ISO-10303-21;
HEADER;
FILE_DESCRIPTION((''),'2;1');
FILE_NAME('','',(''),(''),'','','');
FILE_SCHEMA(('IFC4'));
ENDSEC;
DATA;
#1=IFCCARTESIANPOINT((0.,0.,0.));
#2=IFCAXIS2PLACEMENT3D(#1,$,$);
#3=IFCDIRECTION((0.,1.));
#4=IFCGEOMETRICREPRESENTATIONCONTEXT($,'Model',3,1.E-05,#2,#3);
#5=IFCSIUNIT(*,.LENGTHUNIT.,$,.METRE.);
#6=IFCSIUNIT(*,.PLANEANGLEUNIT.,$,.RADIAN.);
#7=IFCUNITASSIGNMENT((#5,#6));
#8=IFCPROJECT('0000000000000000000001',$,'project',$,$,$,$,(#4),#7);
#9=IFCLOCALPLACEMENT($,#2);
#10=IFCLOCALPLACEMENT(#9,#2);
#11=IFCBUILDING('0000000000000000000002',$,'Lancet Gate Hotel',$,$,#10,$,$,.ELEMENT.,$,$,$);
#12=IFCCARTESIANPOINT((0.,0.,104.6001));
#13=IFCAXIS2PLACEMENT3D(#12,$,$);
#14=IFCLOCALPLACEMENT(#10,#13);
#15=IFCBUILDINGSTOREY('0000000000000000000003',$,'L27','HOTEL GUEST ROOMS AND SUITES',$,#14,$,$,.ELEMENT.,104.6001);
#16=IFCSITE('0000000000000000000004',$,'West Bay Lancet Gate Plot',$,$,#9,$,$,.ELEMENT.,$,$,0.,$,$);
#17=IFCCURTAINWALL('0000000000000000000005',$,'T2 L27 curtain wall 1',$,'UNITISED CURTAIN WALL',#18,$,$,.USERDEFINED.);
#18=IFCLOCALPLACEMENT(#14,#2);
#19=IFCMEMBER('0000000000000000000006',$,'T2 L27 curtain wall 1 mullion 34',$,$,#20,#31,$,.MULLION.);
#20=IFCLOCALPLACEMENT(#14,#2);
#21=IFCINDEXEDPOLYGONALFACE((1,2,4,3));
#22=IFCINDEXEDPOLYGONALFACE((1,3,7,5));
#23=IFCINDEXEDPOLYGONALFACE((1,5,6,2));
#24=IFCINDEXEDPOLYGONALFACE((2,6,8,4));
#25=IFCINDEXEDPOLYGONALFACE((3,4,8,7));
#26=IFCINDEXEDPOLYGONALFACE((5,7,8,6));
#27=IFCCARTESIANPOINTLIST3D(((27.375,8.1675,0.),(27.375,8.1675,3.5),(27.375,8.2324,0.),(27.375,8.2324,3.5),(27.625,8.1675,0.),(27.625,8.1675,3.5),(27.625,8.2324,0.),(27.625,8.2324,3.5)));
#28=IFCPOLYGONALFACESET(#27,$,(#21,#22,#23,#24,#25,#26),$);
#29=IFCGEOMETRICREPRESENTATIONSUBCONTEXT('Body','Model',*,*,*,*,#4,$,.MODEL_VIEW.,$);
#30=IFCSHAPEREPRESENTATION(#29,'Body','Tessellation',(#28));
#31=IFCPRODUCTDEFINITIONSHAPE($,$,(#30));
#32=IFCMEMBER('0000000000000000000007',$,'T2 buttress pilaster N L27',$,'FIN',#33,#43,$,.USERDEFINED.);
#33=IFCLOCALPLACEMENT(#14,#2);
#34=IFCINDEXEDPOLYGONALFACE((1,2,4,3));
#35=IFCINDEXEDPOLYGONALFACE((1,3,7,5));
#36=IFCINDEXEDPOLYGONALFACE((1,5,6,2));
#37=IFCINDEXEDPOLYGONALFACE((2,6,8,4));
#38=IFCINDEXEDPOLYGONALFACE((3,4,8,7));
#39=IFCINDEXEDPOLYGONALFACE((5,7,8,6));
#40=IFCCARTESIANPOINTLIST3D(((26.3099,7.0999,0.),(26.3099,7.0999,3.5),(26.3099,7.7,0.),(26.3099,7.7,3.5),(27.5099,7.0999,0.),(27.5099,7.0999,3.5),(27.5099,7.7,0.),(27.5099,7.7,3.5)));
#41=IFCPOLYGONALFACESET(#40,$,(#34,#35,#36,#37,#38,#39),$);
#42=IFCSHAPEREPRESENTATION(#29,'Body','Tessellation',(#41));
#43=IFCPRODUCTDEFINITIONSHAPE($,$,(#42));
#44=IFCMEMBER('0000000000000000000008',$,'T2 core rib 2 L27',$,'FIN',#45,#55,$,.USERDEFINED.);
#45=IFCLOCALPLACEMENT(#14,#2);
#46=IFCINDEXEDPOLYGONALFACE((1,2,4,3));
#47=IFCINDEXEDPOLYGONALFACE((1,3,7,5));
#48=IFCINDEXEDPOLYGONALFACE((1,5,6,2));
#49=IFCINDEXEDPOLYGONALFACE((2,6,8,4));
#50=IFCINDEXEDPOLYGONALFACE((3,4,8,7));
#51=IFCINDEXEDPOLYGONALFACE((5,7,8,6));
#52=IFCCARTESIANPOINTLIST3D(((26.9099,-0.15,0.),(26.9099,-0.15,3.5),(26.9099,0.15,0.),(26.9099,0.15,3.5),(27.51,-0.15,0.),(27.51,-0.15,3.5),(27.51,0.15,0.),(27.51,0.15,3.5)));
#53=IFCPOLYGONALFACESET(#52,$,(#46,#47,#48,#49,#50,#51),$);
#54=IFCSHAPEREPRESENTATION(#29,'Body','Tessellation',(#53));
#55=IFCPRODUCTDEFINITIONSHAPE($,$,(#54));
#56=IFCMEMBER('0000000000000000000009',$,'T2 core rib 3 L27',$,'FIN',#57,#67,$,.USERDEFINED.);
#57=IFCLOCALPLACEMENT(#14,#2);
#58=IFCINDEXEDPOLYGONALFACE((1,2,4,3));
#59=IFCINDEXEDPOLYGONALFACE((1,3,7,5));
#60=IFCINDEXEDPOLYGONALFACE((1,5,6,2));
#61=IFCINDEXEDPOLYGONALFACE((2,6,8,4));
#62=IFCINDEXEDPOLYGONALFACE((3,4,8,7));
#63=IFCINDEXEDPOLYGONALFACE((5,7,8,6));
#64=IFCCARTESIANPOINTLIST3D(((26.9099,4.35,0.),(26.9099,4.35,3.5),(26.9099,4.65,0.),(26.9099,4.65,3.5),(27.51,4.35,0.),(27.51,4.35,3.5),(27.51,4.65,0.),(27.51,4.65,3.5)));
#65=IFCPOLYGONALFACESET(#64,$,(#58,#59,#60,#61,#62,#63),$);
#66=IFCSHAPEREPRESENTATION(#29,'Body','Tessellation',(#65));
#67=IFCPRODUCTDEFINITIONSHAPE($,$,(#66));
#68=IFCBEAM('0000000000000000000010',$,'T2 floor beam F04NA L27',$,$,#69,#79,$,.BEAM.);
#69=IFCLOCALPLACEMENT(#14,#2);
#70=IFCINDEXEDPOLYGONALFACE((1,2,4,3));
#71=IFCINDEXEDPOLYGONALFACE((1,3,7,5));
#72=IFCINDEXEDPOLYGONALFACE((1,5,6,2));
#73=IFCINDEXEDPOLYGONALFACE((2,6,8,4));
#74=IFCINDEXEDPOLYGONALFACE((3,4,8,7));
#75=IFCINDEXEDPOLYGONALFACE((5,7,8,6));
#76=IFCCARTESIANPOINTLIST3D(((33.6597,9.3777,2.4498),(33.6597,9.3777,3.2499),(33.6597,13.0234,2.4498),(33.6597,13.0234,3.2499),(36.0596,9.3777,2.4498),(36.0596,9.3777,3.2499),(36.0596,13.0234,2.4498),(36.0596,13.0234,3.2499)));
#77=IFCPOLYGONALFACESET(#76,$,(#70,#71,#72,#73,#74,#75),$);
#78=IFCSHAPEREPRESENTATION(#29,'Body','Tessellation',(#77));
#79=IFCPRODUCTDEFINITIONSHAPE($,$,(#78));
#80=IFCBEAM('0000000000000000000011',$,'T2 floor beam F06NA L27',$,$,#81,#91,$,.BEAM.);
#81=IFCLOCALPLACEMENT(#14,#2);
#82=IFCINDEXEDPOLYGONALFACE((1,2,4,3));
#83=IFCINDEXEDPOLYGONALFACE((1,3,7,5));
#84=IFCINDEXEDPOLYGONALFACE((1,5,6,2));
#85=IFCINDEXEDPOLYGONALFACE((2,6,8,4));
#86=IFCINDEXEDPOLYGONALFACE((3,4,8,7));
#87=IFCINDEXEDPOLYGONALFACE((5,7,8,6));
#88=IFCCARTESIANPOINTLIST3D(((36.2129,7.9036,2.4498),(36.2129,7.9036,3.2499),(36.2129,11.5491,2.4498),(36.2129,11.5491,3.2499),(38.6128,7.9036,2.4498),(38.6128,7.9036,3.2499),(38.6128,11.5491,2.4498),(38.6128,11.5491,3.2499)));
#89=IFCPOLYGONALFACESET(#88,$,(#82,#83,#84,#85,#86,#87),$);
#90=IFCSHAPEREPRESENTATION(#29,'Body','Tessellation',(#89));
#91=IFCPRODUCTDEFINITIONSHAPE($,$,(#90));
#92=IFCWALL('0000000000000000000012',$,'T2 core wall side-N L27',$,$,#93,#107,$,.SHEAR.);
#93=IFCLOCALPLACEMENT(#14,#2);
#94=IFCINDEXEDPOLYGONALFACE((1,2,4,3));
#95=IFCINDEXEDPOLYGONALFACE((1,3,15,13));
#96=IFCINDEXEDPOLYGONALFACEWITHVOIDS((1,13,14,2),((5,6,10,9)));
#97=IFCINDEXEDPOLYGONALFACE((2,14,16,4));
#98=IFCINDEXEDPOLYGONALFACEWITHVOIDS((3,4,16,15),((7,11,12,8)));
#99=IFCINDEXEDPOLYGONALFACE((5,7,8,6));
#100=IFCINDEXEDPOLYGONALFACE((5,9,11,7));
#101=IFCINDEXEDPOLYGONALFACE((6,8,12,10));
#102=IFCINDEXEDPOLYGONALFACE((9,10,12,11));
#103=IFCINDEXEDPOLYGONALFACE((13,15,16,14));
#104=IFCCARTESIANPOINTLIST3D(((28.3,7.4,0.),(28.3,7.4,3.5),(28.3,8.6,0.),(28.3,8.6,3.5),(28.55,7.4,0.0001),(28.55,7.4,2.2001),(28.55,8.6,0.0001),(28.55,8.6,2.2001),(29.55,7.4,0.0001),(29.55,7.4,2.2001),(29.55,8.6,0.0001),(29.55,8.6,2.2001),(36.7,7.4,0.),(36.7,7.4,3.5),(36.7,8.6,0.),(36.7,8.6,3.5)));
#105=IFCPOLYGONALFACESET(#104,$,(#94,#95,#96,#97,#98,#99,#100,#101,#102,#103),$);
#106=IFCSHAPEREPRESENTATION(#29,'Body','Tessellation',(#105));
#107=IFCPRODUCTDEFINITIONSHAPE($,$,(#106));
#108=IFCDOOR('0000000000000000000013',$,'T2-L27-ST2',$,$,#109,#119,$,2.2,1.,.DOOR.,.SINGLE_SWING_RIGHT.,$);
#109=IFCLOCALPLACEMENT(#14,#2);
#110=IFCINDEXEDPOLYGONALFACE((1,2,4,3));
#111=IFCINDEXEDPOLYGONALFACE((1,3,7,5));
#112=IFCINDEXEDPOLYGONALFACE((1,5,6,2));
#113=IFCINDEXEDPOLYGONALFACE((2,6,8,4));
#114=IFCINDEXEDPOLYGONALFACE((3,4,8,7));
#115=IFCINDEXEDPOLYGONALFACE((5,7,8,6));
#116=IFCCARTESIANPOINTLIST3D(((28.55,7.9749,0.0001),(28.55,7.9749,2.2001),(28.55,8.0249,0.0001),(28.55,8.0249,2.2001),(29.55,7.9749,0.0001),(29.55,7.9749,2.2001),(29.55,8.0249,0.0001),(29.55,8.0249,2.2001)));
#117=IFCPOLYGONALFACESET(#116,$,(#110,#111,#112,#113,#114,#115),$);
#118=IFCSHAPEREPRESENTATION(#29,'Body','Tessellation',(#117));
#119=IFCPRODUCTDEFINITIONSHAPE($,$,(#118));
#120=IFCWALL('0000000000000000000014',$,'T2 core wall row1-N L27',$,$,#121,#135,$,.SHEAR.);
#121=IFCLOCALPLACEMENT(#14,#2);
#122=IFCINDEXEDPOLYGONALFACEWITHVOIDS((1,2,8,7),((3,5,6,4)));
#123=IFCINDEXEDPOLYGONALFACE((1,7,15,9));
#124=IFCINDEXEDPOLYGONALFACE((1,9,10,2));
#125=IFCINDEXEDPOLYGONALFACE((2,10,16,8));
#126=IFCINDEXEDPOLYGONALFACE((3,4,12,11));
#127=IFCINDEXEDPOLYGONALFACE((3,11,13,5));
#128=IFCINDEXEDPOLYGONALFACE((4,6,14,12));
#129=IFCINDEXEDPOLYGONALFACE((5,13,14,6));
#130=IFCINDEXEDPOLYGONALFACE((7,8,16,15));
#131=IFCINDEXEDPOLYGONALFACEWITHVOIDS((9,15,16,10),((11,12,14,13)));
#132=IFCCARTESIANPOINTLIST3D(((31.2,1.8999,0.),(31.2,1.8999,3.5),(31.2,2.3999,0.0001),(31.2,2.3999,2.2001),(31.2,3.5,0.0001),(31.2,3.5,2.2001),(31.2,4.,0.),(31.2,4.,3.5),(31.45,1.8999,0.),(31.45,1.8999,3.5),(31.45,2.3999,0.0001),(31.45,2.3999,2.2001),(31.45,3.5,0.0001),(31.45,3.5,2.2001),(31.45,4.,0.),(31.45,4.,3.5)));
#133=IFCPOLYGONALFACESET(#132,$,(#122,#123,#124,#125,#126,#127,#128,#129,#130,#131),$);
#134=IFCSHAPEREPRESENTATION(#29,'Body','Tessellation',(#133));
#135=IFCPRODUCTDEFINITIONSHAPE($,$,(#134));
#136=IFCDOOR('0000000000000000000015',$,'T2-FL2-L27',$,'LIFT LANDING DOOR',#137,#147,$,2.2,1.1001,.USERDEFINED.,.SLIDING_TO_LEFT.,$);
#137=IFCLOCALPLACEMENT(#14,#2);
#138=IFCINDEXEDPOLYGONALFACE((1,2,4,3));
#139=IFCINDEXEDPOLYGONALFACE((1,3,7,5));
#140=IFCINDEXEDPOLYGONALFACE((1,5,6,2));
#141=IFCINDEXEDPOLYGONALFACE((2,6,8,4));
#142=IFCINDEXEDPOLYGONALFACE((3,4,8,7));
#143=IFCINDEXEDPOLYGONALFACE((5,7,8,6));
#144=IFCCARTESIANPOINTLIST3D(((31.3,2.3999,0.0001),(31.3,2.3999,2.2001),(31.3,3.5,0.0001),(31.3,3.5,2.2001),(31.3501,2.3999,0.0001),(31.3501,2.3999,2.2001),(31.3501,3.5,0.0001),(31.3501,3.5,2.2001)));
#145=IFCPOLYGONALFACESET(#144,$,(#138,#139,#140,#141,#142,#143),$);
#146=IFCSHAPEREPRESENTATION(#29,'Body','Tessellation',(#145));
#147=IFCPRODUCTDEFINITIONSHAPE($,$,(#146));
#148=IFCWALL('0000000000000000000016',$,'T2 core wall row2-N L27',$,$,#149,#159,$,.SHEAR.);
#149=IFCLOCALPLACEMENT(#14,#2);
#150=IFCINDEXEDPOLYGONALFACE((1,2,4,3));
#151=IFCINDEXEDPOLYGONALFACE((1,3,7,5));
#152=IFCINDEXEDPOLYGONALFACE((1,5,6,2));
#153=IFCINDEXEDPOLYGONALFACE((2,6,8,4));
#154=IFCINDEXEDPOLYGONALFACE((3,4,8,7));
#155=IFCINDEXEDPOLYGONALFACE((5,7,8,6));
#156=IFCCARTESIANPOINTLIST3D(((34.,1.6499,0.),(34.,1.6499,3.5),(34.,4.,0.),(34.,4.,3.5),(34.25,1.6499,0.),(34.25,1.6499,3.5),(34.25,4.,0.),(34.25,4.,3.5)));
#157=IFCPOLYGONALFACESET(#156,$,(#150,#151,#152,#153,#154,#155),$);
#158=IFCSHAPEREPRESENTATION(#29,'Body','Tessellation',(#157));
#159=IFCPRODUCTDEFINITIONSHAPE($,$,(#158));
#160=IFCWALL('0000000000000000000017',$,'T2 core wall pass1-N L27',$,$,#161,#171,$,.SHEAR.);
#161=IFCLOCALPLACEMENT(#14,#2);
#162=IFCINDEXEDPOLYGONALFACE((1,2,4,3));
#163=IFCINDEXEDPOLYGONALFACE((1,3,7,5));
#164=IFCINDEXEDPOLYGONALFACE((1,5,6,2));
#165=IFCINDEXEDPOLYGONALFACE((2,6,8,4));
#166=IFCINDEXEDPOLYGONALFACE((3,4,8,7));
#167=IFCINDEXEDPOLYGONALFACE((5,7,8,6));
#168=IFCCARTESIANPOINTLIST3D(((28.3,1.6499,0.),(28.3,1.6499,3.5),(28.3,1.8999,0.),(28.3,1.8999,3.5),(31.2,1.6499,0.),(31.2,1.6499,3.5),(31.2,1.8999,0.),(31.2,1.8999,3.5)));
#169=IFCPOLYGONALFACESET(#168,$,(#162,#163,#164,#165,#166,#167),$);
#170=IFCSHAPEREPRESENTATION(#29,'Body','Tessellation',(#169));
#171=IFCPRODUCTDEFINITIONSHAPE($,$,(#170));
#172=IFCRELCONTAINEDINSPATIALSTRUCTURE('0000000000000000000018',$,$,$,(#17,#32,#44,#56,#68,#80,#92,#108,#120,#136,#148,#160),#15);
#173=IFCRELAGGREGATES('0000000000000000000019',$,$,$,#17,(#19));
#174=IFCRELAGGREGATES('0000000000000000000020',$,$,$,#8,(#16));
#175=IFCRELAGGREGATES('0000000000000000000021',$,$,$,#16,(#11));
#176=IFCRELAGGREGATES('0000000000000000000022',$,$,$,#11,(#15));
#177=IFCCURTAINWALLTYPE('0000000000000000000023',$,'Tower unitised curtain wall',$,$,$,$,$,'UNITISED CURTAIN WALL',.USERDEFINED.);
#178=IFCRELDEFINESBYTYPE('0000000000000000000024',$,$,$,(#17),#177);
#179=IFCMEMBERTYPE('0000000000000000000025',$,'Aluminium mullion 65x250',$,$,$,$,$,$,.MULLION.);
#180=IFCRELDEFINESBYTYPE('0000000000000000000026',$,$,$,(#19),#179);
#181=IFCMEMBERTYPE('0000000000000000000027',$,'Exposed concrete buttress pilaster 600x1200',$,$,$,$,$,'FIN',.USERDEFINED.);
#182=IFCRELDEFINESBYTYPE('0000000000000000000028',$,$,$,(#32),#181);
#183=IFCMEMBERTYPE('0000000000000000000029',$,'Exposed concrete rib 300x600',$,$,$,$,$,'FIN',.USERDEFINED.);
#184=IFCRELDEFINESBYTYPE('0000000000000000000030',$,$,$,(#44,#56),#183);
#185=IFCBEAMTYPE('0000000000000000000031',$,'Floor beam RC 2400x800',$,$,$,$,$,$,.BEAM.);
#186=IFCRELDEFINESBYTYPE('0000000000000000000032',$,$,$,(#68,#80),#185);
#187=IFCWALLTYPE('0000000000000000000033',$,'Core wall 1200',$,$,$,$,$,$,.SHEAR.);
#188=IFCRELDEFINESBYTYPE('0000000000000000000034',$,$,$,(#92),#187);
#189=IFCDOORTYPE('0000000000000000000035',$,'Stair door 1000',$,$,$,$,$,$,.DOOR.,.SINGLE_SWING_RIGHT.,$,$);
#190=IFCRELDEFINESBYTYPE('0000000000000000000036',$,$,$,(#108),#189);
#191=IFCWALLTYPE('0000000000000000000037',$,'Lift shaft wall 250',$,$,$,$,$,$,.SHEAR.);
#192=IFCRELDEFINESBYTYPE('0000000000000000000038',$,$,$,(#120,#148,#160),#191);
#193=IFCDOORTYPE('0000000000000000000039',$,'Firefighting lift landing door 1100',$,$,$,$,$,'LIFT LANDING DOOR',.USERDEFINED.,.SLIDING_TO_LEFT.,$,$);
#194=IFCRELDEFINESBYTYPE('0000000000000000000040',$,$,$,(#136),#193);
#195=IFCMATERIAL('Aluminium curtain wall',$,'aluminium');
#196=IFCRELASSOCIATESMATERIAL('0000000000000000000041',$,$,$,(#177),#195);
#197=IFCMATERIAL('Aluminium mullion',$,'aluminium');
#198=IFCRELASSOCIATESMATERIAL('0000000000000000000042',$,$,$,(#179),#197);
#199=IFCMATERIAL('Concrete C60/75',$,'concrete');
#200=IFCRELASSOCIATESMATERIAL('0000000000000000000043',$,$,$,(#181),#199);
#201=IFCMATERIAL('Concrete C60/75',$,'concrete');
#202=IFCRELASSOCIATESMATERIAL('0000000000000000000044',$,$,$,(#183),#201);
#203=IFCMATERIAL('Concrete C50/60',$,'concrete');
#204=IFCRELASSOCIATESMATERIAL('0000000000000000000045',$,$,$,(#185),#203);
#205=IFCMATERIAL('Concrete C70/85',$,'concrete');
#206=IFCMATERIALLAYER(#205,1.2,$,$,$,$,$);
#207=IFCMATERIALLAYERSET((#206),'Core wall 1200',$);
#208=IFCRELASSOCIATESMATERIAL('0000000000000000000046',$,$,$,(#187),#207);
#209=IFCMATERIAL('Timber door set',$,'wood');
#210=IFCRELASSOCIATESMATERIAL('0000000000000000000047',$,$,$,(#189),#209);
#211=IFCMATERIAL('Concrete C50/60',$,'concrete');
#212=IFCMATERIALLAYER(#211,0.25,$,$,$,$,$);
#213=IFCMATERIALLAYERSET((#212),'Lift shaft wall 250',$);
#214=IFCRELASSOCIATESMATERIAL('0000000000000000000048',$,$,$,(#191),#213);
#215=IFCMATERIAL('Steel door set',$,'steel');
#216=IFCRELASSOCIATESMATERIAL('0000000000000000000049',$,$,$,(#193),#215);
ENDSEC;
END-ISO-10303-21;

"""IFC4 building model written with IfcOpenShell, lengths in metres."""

from ifc_helpers import new_model, si_unit, direction, frame, frame_2d, origin, origin_2d, place, context, subcontext, project, spatial, rectangle, extrude, material, layer, layer_set, material_profile, profile_set, type_object, element, fill, aggregate, save


model = new_model("IFC4")

# Units and contexts
model_context = context("Model", 3, precision=1e-05, world=origin(), true_north=direction((0.0, 1.0)))
body_context = subcontext(model_context, "Body", "Model", "MODEL_VIEW")
ifc_project = project(units=[si_unit("LENGTHUNIT", "METRE"), si_unit("PLANEANGLEUNIT", "RADIAN")], contexts=[model_context])

# Site, building, storey
site_placement = place(None, origin())
site = spatial("IfcSite", under=ifc_project, at=site_placement, Name="West Bay Lancet Gate Plot", CompositionType="ELEMENT", RefElevation=0.0)
building_placement = place(site_placement, origin())
building = spatial("IfcBuilding", under=site, at=building_placement, Name="Lancet Gate Hotel", CompositionType="ELEMENT")
storey_placement = place(building_placement, frame((0.0, 0.0, 104.6001)))
storey = spatial("IfcBuildingStorey", under=building, at=storey_placement, Name="L27", Description="HOTEL GUEST ROOMS AND SUITES", CompositionType="ELEMENT", Elevation=104.6001)

# Curtain wall, member
ifc_material_1 = material(Name="Aluminium curtain wall", Category="aluminium")
curtain_wall_type = type_object("IfcCurtainWallType", Name="Tower unitised curtain wall", ElementType="UNITISED CURTAIN WALL", PredefinedType="USERDEFINED", material=ifc_material_1)
curtain_wall_placement = place(storey_placement, origin())
curtain_wall = element("IfcCurtainWall", 1, at=curtain_wall_placement, inside=storey, type_object=curtain_wall_type, Name="T2 L27 curtain wall 1", ObjectType="UNITISED CURTAIN WALL", PredefinedType="USERDEFINED")
ifc_material_2 = material(Name="Aluminium mullion", Category="aluminium")
ifc_material_profile_1 = material_profile(ifc_material_2, rectangle(XDim=0.0649, YDim=0.25, at=origin_2d()), Name="MULLION 65x250")
ifc_profile_set_1 = profile_set([ifc_material_profile_1], Name="Aluminium mullion")
member_type_1 = type_object("IfcMemberType", Name="Aluminium mullion 65x250", PredefinedType="MULLION", material=ifc_profile_set_1)
member_1_placement = place(storey_placement, frame((27.5, 8.2, 0.0), z_axis=(0.0, 0.0, 1.0), x_axis=(0.0, -1.0, 0.0)))
member_1 = element("IfcMember", 2, at=member_1_placement, type_object=member_type_1, Name="T2 L27 curtain wall 1 mullion 34", PredefinedType="MULLION", context=body_context, shape_type="SweptSolid", body=[
    extrude(rectangle(XDim=0.0649, YDim=0.25, at=origin_2d()), origin(), (0.0, 0.0, 1.0), 3.5),
])
aggregate(curtain_wall, [member_1])

# Members
ifc_material_3 = material(Name="Concrete C60/75", Category="concrete")
ifc_material_profile_2 = material_profile(ifc_material_3, rectangle(XDim=0.6001, YDim=1.2, at=origin_2d()), Name="FIN 600x1200")
ifc_profile_set_2 = profile_set([ifc_material_profile_2], Name="Concrete C60/75")
member_type_2 = type_object("IfcMemberType", Name="Exposed concrete buttress pilaster 600x1200", ElementType="FIN", PredefinedType="USERDEFINED", material=ifc_profile_set_2)
member_2_placement = place(storey_placement, frame((26.9099, 7.3999, 0.0), z_axis=(0.0, 0.0, 1.0), x_axis=(0.0, 1.0, 0.0)))
element("IfcMember", 3, at=member_2_placement, inside=storey, type_object=member_type_2, Name="T2 buttress pilaster N L27", ObjectType="FIN", PredefinedType="USERDEFINED", context=body_context, shape_type="SweptSolid", body=[
    extrude(rectangle(XDim=0.6001, YDim=1.2, at=origin_2d()), origin(), (0.0, 0.0, 1.0), 3.5),
])
ifc_material_4 = material(Name="Concrete C60/75", Category="concrete")
ifc_material_profile_3 = material_profile(ifc_material_4, rectangle(XDim=0.3, YDim=0.6001, at=origin_2d()), Name="FIN 300x600")
ifc_profile_set_3 = profile_set([ifc_material_profile_3], Name="Concrete C60/75")
member_type_3 = type_object("IfcMemberType", Name="Exposed concrete rib 300x600", ElementType="FIN", PredefinedType="USERDEFINED", material=ifc_profile_set_3)
for number, where, z_axis, x_axis, name in (
    (4, (27.21, 0.0, 0.0), (0.0, 0.0, 1.0), (0.0, 1.0, 0.0), "T2 core rib 2 L27"),
    (5, (27.21, 4.5, 0.0), (0.0, 0.0, 1.0), (0.0, 1.0, 0.0), "T2 core rib 3 L27"),
):
    element("IfcMember", number, at=place(storey_placement, frame(where, z_axis=z_axis, x_axis=x_axis)), inside=storey, type_object=member_type_3, Name=name, ObjectType="FIN", PredefinedType="USERDEFINED", context=body_context, shape_type="SweptSolid", body=[
        extrude(rectangle(XDim=0.3, YDim=0.6001, at=origin_2d()), origin(), (0.0, 0.0, 1.0), 3.5),
    ])

# Beams
ifc_material_5 = material(Name="Concrete C50/60", Category="concrete")
ifc_material_profile_4 = material_profile(ifc_material_5, rectangle(XDim=2.3999, YDim=0.8, at=origin_2d()), Name="RC 2400x800")
ifc_profile_set_4 = profile_set([ifc_material_profile_4], Name="Concrete C50/60")
beam_type = type_object("IfcBeamType", Name="Floor beam RC 2400x800", PredefinedType="BEAM", material=ifc_profile_set_4)
beam_1_placement = place(storey_placement, frame((34.8596, 9.3777, 2.8499), z_axis=(0.0, 1.0, 0.0), x_axis=(-1.0, 0.0, 0.0)))
element("IfcBeam", 6, at=beam_1_placement, inside=storey, type_object=beam_type, Name="T2 floor beam F04NA L27", PredefinedType="BEAM", context=body_context, shape_type="SweptSolid", body=[
    extrude(rectangle(XDim=2.3999, YDim=0.8, at=origin_2d()), origin(), (0.0, 0.0, 1.0), 3.6458),
])
beam_2_placement = place(storey_placement, frame((37.4128, 7.9036, 2.8499), z_axis=(0.0, 1.0, 0.0), x_axis=(-1.0, 0.0, 0.0)))
element("IfcBeam", 7, at=beam_2_placement, inside=storey, type_object=beam_type, Name="T2 floor beam F06NA L27", PredefinedType="BEAM", context=body_context, shape_type="SweptSolid", body=[
    extrude(rectangle(XDim=2.3999, YDim=0.8, at=origin_2d()), origin(), (0.0, 0.0, 1.0), 3.6455),
])

# Walls, openings, doors
ifc_material_6 = material(Name="Concrete C70/85", Category="concrete")
ifc_layer_1 = layer(ifc_material_6, 1.2)
ifc_layer_set_1 = layer_set([ifc_layer_1], Name="Core wall 1200")
wall_type_1 = type_object("IfcWallType", Name="Core wall 1200", PredefinedType="SHEAR", material=ifc_layer_set_1)
wall_1_placement = place(storey_placement, frame((28.3, 8.0, 0.0), z_axis=(0.0, 0.0, 1.0), x_axis=(1.0, 0.0, 0.0)))
wall_1 = element("IfcWall", 8, at=wall_1_placement, inside=storey, type_object=wall_type_1, Name="T2 core wall side-N L27", PredefinedType="SHEAR", context=body_context, shape_type="SweptSolid", body=[
    extrude(rectangle(XDim=8.3999, YDim=1.2, at=frame_2d((4.2, 0.0))), origin(), (0.0, 0.0, 1.0), 3.5),
])
opening_1_placement = place(wall_1_placement, frame((0.25, 0.0, 0.0)))
opening_1 = element("IfcOpeningElement", 9, at=opening_1_placement, cuts=wall_1, PredefinedType="OPENING", context=body_context, shape_type="SweptSolid", body=[
    extrude(rectangle(XDim=1.0, YDim=2.2, at=frame_2d((0.5, 1.1001))), frame((0.0, 0.6099, 0.0), z_axis=(0.0, -1.0, 0.0), x_axis=(1.0, 0.0, 0.0)), (0.0, 0.0, 1.0), 1.22),
])
ifc_material_7 = material(Name="Timber door set", Category="wood")
door_type_1 = type_object("IfcDoorType", Name="Stair door 1000", OperationType="SINGLE_SWING_RIGHT", PredefinedType="DOOR", material=ifc_material_7)
door_1_placement = place(opening_1_placement, origin())
door_1 = element("IfcDoor", 10, at=door_1_placement, inside=storey, type_object=door_type_1, Name="T2-L27-ST2", OperationType="SINGLE_SWING_RIGHT", OverallHeight=2.2, OverallWidth=1.0, PredefinedType="DOOR", context=body_context, shape_type="SweptSolid", body=[
    extrude(rectangle(XDim=1.0, YDim=2.2, at=frame_2d((0.5, 1.1001))), frame((0.0, 0.0249, 0.0), z_axis=(0.0, -1.0, 0.0), x_axis=(1.0, 0.0, 0.0)), (0.0, 0.0, 1.0), 0.05),
])
fill(opening_1, door_1)
ifc_material_8 = material(Name="Concrete C50/60", Category="concrete")
ifc_layer_2 = layer(ifc_material_8, 0.25)
ifc_layer_set_2 = layer_set([ifc_layer_2], Name="Lift shaft wall 250")
wall_type_2 = type_object("IfcWallType", Name="Lift shaft wall 250", PredefinedType="SHEAR", material=ifc_layer_set_2)
wall_2_placement = place(storey_placement, frame((31.325, 1.8999, 0.0), z_axis=(0.0, 0.0, 1.0), x_axis=(0.0, 1.0, 0.0)))
wall_2 = element("IfcWall", 11, at=wall_2_placement, inside=storey, type_object=wall_type_2, Name="T2 core wall row1-N L27", PredefinedType="SHEAR", context=body_context, shape_type="SweptSolid", body=[
    extrude(rectangle(XDim=2.1001, YDim=0.25, at=frame_2d((1.05, 0.0))), origin(), (0.0, 0.0, 1.0), 3.5),
])
opening_2_placement = place(wall_2_placement, frame((0.5, 0.0, 0.0)))
opening_2 = element("IfcOpeningElement", 12, at=opening_2_placement, cuts=wall_2, PredefinedType="OPENING", context=body_context, shape_type="SweptSolid", body=[
    extrude(rectangle(XDim=1.1001, YDim=2.2, at=frame_2d((0.55, 1.1001))), frame((0.0, 0.135, 0.0), z_axis=(0.0, -1.0, 0.0), x_axis=(1.0, 0.0, 0.0)), (0.0, 0.0, 1.0), 0.27),
])
ifc_material_9 = material(Name="Steel door set", Category="steel")
door_type_2 = type_object("IfcDoorType", Name="Firefighting lift landing door 1100", ElementType="LIFT LANDING DOOR", OperationType="SLIDING_TO_LEFT", PredefinedType="USERDEFINED", material=ifc_material_9)
door_2_placement = place(opening_2_placement, origin())
door_2 = element("IfcDoor", 13, at=door_2_placement, inside=storey, type_object=door_type_2, Name="T2-FL2-L27", ObjectType="LIFT LANDING DOOR", OperationType="SLIDING_TO_LEFT", OverallHeight=2.2, OverallWidth=1.1001, PredefinedType="USERDEFINED", context=body_context, shape_type="SweptSolid", body=[
    extrude(rectangle(XDim=1.1001, YDim=2.2, at=frame_2d((0.55, 1.1001))), frame((0.0, 0.0249, 0.0), z_axis=(0.0, -1.0, 0.0), x_axis=(1.0, 0.0, 0.0)), (0.0, 0.0, 1.0), 0.05),
])
fill(opening_2, door_2)

# Walls
wall_3_placement = place(storey_placement, frame((34.125, 1.6499, 0.0), z_axis=(0.0, 0.0, 1.0), x_axis=(0.0, 1.0, 0.0)))
element("IfcWall", 14, at=wall_3_placement, inside=storey, type_object=wall_type_2, Name="T2 core wall row2-N L27", PredefinedType="SHEAR", context=body_context, shape_type="SweptSolid", body=[
    extrude(rectangle(XDim=2.3501, YDim=0.25, at=frame_2d((1.175, 0.0))), origin(), (0.0, 0.0, 1.0), 3.5),
])
wall_4_placement = place(storey_placement, frame((28.3, 1.7749, 0.0), z_axis=(0.0, 0.0, 1.0), x_axis=(1.0, 0.0, 0.0)))
element("IfcWall", 15, at=wall_4_placement, inside=storey, type_object=wall_type_2, Name="T2 core wall pass1-N L27", PredefinedType="SHEAR", context=body_context, shape_type="SweptSolid", body=[
    extrude(rectangle(XDim=2.8999, YDim=0.25, at=frame_2d((1.45, 0.0))), origin(), (0.0, 0.0, 1.0), 3.5),
])

save(model, "model.ifc")
